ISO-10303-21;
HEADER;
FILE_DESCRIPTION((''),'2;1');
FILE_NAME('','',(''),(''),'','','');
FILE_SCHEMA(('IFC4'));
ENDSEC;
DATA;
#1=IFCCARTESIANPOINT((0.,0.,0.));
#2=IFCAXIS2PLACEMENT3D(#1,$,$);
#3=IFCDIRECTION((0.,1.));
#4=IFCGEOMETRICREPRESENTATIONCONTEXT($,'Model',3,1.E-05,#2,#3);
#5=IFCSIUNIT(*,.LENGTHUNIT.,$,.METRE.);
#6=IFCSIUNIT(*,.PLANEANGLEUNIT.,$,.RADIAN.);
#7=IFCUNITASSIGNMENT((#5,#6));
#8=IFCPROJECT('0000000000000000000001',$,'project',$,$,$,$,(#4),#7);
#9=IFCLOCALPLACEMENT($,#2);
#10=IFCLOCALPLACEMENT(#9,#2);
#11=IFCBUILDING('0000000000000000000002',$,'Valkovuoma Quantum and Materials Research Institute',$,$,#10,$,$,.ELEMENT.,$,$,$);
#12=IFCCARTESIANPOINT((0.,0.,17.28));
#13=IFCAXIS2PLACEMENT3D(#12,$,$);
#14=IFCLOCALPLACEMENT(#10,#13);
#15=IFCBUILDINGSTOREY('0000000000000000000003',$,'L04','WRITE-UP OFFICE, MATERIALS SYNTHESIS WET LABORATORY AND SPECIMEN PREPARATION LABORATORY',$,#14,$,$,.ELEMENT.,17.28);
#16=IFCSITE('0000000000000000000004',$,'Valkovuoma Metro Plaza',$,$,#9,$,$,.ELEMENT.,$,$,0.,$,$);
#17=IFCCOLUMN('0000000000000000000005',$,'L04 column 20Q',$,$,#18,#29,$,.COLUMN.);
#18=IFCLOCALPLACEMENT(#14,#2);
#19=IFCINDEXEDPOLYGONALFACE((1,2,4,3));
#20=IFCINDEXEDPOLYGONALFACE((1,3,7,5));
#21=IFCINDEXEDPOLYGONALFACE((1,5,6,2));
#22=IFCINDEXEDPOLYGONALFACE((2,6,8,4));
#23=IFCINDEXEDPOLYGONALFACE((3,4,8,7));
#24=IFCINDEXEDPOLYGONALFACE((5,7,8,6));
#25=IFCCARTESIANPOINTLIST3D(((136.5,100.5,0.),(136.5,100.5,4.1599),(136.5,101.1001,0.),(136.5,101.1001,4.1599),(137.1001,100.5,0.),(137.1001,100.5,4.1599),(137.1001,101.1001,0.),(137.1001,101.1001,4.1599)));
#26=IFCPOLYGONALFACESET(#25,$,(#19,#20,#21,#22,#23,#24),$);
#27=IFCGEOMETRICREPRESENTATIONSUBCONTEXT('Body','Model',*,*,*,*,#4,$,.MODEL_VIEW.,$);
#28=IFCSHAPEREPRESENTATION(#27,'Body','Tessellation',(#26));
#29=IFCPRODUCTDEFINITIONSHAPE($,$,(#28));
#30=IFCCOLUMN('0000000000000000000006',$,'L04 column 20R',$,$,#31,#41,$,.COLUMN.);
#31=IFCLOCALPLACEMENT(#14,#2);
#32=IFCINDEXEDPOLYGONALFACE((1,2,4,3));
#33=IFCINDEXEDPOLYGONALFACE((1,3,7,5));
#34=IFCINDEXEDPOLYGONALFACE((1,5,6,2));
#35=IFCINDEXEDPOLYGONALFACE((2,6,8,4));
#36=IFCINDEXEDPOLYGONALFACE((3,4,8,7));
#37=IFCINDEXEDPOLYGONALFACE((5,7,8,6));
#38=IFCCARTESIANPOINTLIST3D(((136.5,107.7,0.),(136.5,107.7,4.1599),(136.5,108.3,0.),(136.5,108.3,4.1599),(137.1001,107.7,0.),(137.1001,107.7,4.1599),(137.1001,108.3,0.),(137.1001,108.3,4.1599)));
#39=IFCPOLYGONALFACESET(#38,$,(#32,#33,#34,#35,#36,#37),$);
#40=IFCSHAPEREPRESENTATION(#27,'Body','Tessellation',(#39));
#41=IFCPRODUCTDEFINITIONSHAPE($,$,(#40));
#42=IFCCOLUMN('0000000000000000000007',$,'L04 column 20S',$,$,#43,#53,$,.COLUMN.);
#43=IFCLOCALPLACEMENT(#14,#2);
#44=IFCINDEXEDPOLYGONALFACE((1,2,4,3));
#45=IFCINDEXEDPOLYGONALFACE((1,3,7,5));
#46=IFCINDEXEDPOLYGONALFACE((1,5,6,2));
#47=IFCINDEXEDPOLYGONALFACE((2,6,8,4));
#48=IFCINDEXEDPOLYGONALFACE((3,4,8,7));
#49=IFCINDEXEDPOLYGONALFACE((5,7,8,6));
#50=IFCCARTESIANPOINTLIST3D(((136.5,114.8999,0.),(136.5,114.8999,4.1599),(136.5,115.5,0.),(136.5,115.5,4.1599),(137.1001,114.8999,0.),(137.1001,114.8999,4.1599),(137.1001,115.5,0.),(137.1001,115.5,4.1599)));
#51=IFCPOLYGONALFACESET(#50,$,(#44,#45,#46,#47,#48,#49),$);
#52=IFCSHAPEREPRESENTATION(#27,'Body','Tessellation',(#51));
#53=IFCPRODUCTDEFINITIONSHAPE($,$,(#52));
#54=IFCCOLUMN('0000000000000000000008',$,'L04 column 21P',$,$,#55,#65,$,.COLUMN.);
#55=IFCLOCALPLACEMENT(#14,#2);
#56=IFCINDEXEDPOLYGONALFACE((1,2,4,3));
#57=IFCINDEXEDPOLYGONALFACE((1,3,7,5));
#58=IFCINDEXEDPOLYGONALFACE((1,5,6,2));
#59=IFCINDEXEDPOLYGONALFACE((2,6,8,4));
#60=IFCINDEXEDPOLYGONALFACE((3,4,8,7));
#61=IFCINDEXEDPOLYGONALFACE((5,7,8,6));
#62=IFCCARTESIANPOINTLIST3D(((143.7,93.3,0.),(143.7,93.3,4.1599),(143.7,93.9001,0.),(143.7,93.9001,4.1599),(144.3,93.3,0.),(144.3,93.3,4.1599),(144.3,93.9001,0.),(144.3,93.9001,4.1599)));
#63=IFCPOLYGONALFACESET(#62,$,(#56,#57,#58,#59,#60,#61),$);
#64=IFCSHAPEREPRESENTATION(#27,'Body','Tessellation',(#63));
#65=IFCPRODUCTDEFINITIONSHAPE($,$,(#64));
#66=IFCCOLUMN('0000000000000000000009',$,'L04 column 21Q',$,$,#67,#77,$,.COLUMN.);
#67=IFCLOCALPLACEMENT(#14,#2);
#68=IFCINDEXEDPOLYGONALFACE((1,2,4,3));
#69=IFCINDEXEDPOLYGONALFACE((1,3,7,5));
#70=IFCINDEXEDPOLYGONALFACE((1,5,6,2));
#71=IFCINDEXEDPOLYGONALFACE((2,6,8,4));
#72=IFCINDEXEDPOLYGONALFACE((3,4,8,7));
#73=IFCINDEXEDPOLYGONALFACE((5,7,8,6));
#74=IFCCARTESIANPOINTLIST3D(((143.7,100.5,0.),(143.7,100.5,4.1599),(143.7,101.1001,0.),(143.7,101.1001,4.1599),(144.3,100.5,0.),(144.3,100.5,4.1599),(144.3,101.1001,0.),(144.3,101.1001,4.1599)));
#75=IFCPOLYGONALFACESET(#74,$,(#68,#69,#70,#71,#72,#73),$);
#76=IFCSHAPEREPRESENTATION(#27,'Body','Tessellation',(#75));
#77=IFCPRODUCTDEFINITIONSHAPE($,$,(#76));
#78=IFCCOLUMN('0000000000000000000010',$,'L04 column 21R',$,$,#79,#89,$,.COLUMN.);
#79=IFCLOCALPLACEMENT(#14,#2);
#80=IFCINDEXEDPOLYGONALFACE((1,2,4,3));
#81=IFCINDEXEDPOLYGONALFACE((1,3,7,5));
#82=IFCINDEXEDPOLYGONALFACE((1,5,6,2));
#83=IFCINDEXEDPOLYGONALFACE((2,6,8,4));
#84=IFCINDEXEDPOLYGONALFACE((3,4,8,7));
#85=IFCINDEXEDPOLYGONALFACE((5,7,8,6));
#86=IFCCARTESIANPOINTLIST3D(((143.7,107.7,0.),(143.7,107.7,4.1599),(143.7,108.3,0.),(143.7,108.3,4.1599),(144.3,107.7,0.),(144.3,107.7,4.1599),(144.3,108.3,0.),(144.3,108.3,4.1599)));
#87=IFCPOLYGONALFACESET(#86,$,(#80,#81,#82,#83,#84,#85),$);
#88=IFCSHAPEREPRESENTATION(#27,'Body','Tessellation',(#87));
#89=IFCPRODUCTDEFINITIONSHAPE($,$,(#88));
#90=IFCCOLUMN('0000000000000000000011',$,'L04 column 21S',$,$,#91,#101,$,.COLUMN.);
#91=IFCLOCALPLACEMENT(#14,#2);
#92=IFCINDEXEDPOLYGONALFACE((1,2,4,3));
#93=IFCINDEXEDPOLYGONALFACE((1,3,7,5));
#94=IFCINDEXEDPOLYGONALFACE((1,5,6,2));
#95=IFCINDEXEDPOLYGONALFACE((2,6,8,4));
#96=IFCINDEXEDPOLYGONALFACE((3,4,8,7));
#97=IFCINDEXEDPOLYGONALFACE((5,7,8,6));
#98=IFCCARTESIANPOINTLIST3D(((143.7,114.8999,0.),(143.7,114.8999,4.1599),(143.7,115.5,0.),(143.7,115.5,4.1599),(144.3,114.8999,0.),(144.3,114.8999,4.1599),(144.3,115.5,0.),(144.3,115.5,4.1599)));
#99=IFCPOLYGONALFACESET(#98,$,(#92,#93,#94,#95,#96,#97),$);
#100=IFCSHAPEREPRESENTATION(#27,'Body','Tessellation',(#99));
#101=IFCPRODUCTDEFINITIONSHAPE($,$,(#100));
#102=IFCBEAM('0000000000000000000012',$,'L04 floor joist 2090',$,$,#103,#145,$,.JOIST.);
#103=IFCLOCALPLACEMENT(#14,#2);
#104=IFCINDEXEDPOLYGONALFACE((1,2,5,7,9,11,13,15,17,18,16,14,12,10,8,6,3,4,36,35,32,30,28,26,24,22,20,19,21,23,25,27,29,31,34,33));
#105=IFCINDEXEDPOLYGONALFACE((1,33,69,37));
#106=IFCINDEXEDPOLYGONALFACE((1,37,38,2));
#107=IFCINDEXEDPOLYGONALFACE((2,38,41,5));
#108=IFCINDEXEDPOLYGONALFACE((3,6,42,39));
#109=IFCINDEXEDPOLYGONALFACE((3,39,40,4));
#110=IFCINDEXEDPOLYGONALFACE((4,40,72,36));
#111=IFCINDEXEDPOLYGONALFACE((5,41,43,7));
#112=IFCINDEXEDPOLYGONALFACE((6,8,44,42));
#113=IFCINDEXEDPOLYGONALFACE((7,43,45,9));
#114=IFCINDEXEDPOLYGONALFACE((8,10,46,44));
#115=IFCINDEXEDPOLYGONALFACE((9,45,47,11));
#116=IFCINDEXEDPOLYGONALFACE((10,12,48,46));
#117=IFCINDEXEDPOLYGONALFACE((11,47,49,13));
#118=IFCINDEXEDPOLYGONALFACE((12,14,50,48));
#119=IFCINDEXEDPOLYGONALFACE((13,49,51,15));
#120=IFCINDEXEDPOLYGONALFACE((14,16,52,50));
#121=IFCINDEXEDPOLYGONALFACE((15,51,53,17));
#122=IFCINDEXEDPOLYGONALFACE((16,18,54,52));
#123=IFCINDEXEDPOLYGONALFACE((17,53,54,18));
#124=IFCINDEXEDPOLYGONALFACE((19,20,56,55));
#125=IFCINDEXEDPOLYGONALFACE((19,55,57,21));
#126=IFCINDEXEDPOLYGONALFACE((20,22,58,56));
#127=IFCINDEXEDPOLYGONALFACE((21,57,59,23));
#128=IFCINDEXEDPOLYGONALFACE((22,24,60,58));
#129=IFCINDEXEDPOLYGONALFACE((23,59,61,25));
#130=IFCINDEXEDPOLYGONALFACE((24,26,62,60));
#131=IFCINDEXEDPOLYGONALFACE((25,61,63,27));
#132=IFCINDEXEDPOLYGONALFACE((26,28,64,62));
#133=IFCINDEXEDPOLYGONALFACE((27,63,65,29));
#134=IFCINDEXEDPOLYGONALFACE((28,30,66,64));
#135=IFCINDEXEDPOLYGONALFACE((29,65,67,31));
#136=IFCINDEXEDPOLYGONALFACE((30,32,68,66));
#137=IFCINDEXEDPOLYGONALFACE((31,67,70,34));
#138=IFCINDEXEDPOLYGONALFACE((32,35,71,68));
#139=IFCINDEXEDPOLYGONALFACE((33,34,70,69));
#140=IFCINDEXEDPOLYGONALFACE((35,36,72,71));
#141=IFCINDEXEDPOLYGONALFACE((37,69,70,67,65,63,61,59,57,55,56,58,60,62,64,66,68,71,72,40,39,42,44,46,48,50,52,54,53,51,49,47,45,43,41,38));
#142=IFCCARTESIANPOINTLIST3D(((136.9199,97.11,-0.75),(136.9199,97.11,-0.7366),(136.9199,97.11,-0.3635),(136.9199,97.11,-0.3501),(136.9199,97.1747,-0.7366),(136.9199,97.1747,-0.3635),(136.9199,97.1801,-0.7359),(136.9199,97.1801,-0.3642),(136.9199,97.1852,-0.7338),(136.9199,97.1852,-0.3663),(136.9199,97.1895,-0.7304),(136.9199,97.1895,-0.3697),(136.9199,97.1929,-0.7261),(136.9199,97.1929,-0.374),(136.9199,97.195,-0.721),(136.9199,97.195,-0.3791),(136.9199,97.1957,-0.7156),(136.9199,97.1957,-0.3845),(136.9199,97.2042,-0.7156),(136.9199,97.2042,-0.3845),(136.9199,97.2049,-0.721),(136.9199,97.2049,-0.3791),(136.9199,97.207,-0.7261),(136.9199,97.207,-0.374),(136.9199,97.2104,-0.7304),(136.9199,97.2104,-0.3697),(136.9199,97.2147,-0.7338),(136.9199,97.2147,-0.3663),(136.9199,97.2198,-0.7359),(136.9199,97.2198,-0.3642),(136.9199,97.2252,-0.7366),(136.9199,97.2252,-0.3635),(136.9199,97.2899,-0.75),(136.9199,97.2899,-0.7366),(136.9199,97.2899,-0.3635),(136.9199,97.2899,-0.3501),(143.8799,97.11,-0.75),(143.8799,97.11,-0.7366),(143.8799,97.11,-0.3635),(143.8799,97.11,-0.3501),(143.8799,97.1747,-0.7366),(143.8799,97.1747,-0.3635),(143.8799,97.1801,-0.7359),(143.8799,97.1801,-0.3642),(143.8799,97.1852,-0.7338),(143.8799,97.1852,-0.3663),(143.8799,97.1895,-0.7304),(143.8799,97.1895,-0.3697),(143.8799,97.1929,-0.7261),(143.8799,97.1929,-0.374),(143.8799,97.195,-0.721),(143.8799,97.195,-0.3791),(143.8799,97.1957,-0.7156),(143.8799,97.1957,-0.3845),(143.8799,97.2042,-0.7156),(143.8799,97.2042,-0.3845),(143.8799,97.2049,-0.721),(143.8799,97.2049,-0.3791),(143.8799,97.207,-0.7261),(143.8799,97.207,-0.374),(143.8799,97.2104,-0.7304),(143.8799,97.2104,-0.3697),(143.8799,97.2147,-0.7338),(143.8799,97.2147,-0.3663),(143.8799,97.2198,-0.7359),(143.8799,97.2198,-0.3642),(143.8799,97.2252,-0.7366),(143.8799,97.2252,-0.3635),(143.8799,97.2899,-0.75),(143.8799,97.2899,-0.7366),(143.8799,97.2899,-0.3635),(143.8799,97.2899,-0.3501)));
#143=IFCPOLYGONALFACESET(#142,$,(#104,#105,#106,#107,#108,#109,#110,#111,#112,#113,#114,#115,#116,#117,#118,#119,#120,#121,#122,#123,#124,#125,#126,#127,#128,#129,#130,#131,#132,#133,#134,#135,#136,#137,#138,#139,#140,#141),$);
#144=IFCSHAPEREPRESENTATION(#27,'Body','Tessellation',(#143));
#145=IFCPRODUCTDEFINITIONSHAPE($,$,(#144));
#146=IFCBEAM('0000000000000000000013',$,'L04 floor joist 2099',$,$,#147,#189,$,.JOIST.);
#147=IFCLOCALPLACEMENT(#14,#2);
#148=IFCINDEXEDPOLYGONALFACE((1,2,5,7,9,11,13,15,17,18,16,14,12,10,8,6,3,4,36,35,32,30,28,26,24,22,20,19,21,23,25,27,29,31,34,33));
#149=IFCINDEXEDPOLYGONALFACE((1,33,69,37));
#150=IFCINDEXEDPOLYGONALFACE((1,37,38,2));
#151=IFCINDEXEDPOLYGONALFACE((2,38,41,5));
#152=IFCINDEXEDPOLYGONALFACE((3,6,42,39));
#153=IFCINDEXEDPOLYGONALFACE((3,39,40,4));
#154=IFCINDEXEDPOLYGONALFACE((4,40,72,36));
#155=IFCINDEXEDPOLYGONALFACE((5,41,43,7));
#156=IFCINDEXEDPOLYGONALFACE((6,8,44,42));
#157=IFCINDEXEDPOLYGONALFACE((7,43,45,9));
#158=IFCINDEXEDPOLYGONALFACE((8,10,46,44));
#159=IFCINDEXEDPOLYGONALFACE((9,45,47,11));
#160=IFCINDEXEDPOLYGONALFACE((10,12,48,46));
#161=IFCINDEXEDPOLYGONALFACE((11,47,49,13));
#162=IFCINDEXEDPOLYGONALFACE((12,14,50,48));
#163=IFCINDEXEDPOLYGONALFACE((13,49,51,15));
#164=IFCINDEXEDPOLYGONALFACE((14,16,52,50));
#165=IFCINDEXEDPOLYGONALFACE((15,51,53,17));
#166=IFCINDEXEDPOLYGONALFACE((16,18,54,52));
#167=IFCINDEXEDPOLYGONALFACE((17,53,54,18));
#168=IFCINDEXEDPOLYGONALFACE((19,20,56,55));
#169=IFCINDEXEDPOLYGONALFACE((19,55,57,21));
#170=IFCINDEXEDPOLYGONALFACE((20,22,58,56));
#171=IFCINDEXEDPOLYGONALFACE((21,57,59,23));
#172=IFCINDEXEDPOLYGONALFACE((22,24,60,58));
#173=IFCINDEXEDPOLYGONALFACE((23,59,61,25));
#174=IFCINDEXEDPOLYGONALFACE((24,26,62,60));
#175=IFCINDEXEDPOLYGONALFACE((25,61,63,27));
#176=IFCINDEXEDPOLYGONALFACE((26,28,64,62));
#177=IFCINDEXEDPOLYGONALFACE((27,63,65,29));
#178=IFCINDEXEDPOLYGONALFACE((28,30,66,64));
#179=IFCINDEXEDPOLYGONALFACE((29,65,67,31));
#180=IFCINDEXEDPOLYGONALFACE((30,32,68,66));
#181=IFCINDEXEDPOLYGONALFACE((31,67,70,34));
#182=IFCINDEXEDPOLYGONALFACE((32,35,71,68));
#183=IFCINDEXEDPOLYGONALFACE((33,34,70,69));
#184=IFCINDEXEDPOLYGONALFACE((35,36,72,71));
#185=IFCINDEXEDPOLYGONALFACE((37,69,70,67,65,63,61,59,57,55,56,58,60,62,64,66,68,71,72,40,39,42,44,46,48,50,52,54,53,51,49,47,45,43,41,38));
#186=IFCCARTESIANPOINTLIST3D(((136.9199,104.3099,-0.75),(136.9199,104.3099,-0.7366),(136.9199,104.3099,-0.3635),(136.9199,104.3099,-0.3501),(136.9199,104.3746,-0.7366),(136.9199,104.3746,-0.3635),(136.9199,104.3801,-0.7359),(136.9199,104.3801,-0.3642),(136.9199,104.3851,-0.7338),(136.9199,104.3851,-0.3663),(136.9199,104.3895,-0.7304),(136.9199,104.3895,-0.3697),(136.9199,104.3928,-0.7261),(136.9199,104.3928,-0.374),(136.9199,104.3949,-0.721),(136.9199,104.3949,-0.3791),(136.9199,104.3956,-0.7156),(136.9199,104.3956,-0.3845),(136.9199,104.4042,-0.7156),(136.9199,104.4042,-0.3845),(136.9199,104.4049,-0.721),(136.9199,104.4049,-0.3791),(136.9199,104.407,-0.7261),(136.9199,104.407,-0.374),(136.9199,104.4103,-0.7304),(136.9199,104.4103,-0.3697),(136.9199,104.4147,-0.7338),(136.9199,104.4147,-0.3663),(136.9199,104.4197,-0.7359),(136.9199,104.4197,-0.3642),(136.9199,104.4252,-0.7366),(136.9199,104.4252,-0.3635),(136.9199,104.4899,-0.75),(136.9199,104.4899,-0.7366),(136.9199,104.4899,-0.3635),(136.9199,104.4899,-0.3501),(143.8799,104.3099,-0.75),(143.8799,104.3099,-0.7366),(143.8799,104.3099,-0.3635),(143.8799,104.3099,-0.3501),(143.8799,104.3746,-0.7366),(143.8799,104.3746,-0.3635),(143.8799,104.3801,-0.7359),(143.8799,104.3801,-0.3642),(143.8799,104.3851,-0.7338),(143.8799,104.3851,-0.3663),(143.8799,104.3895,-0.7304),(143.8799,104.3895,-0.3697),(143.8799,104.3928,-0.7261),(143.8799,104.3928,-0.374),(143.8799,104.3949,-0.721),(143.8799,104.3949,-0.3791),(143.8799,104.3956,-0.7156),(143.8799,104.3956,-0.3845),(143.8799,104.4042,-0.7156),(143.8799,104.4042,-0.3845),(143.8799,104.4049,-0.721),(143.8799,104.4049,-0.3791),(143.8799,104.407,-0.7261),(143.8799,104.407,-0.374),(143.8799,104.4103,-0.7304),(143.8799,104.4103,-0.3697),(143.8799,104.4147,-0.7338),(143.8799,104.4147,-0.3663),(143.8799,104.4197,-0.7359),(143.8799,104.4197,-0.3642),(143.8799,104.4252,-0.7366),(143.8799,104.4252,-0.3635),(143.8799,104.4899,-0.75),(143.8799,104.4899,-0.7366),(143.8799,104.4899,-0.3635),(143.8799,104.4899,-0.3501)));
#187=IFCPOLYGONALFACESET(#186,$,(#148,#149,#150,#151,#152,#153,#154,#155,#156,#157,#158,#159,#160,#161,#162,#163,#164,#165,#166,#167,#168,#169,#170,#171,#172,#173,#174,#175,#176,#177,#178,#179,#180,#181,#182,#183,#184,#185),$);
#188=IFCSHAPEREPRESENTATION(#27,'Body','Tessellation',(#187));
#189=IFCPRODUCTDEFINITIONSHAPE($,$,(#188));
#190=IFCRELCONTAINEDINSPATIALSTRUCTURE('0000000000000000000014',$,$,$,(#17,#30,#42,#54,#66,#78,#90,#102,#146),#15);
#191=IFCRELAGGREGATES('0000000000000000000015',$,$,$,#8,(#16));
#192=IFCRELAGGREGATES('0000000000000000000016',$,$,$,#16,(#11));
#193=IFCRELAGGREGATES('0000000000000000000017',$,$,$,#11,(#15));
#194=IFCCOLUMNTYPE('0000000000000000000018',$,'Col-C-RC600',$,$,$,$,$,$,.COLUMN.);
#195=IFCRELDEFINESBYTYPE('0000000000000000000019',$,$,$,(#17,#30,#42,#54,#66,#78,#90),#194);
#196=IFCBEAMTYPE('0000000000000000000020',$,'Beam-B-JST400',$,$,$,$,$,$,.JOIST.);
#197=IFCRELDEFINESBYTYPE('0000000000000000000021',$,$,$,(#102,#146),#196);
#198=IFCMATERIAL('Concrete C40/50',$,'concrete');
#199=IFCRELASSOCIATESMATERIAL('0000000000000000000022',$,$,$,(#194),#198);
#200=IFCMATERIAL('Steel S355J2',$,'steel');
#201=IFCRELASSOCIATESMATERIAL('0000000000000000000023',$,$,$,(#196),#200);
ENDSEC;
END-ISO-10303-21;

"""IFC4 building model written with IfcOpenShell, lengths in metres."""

from ifc_helpers import new_model, si_unit, direction, frame, origin, origin_2d, place, context, subcontext, project, spatial, rectangle, i_section, extrude, material, material_profile, profile_set, type_object, element, save


model = new_model("IFC4")

# Units and contexts
model_context = context("Model", 3, precision=1e-05, world=origin(), true_north=direction((0.0, 1.0)))
body_context = subcontext(model_context, "Body", "Model", "MODEL_VIEW")
ifc_project = project(units=[si_unit("LENGTHUNIT", "METRE"), si_unit("PLANEANGLEUNIT", "RADIAN")], contexts=[model_context])

# Site, building, storey
site_placement = place(None, origin())
site = spatial("IfcSite", under=ifc_project, at=site_placement, Name="Valkovuoma Metro Plaza", CompositionType="ELEMENT", RefElevation=0.0)
building_placement = place(site_placement, origin())
building = spatial("IfcBuilding", under=site, at=building_placement, Name="Valkovuoma Quantum and Materials Research Institute", CompositionType="ELEMENT")
storey_placement = place(building_placement, frame((0.0, 0.0, 17.28)))
storey = spatial("IfcBuildingStorey", under=building, at=storey_placement, Name="L04", Description="WRITE-UP OFFICE, MATERIALS SYNTHESIS WET LABORATORY AND SPECIMEN PREPARATION LABORATORY", CompositionType="ELEMENT", Elevation=17.28)

# Columns
ifc_material_1 = material(Name="Concrete C40/50", Category="concrete")
ifc_material_profile_1 = material_profile(ifc_material_1, rectangle(XDim=0.6001, YDim=0.6001, at=origin_2d()), Name="Concrete C40/50")
ifc_profile_set_1 = profile_set([ifc_material_profile_1], Name="Concrete C40/50")
column_type = type_object("IfcColumnType", Name="Col-C-RC600", PredefinedType="COLUMN", material=ifc_profile_set_1)
for number, where, z_axis, x_axis, name in (
    (1, (136.8, 100.8, 0.0), (0.0, 0.0, 1.0), (1.0, 0.0, 0.0), "L04 column 20Q"),
    (2, (136.8, 108.0, 0.0), (0.0, 0.0, 1.0), (1.0, 0.0, 0.0), "L04 column 20R"),
    (3, (136.8, 115.2, 0.0), (0.0, 0.0, 1.0), (1.0, 0.0, 0.0), "L04 column 20S"),
    (4, (144.0, 93.6001, 0.0), (0.0, 0.0, 1.0), (1.0, 0.0, 0.0), "L04 column 21P"),
    (5, (144.0, 100.8, 0.0), (0.0, 0.0, 1.0), (1.0, 0.0, 0.0), "L04 column 21Q"),
    (6, (144.0, 108.0, 0.0), (0.0, 0.0, 1.0), (1.0, 0.0, 0.0), "L04 column 21R"),
    (7, (144.0, 115.2, 0.0), (0.0, 0.0, 1.0), (1.0, 0.0, 0.0), "L04 column 21S"),
):
    element("IfcColumn", number, at=place(storey_placement, frame(where, z_axis=z_axis, x_axis=x_axis)), inside=storey, type_object=column_type, Name=name, PredefinedType="COLUMN", context=body_context, shape_type="SweptSolid", body=[
        extrude(rectangle(XDim=0.6001, YDim=0.6001, at=origin_2d()), origin(), (0.0, 0.0, 1.0), 4.1599),
    ])

# Beams
ifc_material_2 = material(Name="Steel S355J2", Category="steel")
ifc_material_profile_2 = material_profile(ifc_material_2, i_section(OverallWidth=0.1799, OverallDepth=0.3999, WebThickness=0.0085, FlangeThickness=0.0134, FilletRadius=0.021, at=origin_2d()), Name="Steel S355J2")
ifc_profile_set_2 = profile_set([ifc_material_profile_2], Name="Steel S355J2")
beam_type_1 = type_object("IfcBeamType", Name="Beam-B-JST400", PredefinedType="JOIST", material=ifc_profile_set_2)
for number, where, z_axis, x_axis, name in (
    (8, (136.9199, 97.2, -0.55), (1.0, 0.0, 0.0), (0.0, 1.0, 0.0), "L04 floor joist 2090"),
    (9, (136.9199, 104.3999, -0.55), (1.0, 0.0, 0.0), (0.0, 1.0, 0.0), "L04 floor joist 2099"),
):
    element("IfcBeam", number, at=place(storey_placement, frame(where, z_axis=z_axis, x_axis=x_axis)), inside=storey, type_object=beam_type_1, Name=name, PredefinedType="JOIST", context=body_context, shape_type="SweptSolid", body=[
        extrude(i_section(OverallWidth=0.1799, OverallDepth=0.3999, WebThickness=0.0085, FlangeThickness=0.0134, FilletRadius=0.021, at=origin_2d()), origin(), (0.0, 0.0, 1.0), 6.96),
    ])

save(model, "model.ifc")
